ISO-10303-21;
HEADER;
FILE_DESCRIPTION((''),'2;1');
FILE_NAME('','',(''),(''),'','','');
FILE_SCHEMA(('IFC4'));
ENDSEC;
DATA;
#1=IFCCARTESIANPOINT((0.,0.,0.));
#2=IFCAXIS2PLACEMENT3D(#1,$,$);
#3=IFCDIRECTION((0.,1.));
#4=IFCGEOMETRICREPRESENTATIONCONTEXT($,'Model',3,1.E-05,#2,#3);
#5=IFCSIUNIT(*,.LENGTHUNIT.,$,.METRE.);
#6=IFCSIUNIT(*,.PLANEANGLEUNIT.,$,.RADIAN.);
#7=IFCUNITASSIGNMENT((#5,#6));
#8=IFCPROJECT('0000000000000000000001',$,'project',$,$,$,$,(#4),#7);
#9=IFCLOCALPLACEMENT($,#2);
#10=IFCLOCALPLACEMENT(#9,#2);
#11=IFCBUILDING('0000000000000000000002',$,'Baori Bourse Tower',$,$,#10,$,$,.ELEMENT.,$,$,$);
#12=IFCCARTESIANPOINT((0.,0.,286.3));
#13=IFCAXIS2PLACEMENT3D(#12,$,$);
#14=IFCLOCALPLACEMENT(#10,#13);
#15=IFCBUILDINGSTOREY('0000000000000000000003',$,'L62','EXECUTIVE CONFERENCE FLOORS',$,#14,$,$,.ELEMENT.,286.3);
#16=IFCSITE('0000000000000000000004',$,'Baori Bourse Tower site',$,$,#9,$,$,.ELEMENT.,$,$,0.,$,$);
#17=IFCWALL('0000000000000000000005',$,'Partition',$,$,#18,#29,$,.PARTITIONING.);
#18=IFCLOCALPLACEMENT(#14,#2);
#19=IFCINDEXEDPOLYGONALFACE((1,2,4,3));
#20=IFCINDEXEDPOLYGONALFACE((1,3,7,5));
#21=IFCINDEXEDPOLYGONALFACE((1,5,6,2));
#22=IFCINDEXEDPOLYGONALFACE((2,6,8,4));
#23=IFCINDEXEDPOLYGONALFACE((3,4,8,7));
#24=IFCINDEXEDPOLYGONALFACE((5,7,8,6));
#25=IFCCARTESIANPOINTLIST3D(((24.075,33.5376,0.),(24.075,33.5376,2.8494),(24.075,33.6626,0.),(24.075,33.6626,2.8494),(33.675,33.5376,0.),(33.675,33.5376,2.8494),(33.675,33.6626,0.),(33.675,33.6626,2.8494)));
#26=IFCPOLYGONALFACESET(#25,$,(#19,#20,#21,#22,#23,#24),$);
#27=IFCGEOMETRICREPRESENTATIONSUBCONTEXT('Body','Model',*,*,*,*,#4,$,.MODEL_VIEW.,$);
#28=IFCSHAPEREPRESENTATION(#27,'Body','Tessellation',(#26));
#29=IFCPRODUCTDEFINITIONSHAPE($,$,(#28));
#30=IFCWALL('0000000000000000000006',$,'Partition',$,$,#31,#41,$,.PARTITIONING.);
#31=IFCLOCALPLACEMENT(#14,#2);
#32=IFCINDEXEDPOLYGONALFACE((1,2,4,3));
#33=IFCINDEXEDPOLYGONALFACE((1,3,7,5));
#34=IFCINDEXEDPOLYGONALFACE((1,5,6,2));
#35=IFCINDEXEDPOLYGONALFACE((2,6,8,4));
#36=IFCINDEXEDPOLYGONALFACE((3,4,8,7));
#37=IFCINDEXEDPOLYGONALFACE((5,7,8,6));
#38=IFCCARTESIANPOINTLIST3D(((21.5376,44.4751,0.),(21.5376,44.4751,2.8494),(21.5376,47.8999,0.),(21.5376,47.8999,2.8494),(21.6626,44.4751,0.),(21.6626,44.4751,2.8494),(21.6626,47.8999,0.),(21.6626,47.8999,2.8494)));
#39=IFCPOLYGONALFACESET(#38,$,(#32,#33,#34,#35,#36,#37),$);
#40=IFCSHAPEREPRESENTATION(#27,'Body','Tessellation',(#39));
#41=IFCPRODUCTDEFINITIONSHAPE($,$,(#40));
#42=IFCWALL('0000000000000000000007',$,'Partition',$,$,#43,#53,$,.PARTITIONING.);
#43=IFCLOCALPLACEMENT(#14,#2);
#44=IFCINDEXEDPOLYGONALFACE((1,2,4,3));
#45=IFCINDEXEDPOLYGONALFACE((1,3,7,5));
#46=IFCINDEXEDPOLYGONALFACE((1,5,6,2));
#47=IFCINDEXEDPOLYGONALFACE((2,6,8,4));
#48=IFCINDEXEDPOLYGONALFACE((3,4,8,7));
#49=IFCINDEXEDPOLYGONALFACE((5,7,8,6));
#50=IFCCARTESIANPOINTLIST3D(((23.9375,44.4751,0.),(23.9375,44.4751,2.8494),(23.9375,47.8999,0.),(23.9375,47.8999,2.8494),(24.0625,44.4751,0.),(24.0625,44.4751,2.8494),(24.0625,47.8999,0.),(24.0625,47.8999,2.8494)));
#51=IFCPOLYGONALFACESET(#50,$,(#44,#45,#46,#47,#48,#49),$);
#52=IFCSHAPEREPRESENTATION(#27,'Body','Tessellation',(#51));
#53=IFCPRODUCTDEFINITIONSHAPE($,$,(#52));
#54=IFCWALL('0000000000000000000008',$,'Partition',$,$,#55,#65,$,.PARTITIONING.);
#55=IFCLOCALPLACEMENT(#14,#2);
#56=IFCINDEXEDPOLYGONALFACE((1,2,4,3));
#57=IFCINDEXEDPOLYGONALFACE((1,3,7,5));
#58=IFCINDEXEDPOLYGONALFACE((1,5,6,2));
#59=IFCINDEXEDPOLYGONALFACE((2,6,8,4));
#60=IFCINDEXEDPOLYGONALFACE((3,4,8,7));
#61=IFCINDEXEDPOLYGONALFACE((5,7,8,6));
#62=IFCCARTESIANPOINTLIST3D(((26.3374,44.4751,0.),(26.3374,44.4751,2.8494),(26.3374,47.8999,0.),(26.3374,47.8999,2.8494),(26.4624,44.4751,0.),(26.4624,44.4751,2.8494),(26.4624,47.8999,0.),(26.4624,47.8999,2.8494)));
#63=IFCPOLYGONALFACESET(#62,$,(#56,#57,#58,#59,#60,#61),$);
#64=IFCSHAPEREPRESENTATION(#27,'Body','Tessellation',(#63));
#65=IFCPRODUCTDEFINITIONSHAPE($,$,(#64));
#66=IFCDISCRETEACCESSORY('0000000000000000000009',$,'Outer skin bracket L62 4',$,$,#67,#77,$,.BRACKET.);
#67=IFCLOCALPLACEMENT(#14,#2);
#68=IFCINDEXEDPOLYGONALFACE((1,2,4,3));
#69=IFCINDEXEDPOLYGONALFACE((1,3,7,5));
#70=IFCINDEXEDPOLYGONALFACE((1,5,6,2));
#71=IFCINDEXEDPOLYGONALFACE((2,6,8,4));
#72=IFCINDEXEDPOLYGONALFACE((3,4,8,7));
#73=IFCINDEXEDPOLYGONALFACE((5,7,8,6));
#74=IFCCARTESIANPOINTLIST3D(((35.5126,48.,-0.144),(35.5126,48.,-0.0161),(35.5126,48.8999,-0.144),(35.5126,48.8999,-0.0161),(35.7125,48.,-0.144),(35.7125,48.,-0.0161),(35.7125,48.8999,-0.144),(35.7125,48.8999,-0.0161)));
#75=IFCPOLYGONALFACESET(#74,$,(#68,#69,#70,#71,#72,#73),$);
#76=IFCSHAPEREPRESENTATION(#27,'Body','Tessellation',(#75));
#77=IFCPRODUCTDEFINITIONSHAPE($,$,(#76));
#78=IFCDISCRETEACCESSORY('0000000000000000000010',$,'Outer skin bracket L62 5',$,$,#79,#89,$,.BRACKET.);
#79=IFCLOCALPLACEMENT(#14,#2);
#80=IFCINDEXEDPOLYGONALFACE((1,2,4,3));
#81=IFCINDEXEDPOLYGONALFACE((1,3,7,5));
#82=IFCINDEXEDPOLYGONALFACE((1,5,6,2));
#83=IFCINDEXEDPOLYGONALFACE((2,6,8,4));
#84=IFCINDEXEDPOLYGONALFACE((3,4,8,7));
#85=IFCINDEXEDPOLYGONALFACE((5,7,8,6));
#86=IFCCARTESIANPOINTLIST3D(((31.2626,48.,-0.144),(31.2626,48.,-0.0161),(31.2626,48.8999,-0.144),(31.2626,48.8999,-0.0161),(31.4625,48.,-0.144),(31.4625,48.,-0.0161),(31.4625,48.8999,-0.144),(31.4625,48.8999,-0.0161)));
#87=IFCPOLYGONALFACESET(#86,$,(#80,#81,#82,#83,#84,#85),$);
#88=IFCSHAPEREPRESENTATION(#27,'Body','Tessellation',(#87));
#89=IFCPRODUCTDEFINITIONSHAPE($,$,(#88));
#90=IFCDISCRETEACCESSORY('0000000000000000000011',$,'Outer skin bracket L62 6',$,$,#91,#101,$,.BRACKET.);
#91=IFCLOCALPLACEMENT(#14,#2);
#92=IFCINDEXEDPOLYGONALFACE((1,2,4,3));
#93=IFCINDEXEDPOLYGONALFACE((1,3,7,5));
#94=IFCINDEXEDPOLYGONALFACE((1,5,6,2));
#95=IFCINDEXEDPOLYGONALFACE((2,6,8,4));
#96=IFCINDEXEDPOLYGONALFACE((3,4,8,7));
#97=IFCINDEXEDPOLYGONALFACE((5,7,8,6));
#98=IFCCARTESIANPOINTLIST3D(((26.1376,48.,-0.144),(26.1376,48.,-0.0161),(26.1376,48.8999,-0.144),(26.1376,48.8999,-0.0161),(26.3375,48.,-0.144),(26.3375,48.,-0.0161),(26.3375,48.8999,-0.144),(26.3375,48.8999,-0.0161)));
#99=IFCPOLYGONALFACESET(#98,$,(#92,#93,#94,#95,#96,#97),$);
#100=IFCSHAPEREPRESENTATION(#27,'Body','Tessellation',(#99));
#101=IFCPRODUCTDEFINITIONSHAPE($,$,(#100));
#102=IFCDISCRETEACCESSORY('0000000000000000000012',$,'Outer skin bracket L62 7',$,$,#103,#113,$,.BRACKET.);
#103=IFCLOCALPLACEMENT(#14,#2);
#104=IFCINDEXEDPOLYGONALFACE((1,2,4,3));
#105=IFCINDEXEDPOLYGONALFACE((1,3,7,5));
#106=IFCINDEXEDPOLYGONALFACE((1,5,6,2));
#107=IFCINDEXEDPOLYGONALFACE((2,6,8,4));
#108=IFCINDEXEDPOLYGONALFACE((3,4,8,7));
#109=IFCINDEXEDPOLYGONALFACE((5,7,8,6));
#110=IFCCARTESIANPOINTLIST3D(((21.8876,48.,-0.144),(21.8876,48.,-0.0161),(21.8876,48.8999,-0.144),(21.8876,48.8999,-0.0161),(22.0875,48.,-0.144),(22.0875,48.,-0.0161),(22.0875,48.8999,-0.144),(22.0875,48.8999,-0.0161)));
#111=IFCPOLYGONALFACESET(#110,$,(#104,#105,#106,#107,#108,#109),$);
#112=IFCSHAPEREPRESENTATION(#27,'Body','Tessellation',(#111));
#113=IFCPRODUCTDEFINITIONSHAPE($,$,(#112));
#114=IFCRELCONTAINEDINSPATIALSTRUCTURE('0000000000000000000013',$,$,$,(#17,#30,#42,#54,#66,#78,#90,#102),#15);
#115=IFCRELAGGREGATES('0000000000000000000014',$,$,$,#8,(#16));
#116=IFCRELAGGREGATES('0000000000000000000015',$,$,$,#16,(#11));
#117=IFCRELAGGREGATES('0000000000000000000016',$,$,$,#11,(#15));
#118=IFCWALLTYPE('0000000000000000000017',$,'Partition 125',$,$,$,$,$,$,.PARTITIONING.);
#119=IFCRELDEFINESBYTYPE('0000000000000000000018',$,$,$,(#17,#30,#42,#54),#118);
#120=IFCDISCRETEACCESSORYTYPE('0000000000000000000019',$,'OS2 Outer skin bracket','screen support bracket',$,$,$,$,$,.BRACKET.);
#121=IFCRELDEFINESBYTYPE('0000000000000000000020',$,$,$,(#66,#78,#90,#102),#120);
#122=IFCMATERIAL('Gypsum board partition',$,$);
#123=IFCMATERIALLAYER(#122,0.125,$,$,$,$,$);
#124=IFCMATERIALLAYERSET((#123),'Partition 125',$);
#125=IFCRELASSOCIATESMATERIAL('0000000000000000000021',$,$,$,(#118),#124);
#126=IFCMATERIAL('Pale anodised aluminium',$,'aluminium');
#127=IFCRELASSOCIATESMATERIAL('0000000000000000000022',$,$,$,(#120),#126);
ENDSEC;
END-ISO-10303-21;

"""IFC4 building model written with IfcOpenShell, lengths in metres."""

from ifc_helpers import new_model, si_unit, direction, frame, frame_2d, origin, origin_2d, place, context, subcontext, project, spatial, rectangle, extrude, material, layer, layer_set, type_object, element, save


model = new_model("IFC4")

# Units and contexts
model_context = context("Model", 3, precision=1e-05, world=origin(), true_north=direction((0.0, 1.0)))
body_context = subcontext(model_context, "Body", "Model", "MODEL_VIEW")
ifc_project = project(units=[si_unit("LENGTHUNIT", "METRE"), si_unit("PLANEANGLEUNIT", "RADIAN")], contexts=[model_context])

# Site, building, storey
site_placement = place(None, origin())
site = spatial("IfcSite", under=ifc_project, at=site_placement, Name="Baori Bourse Tower site", CompositionType="ELEMENT", RefElevation=0.0)
building_placement = place(site_placement, origin())
building = spatial("IfcBuilding", under=site, at=building_placement, Name="Baori Bourse Tower", CompositionType="ELEMENT")
storey_placement = place(building_placement, frame((0.0, 0.0, 286.3)))
storey = spatial("IfcBuildingStorey", under=building, at=storey_placement, Name="L62", Description="EXECUTIVE CONFERENCE FLOORS", CompositionType="ELEMENT", Elevation=286.3)

# Walls
ifc_material_1 = material(Name="Gypsum board partition")
ifc_layer_1 = layer(ifc_material_1, 0.125)
ifc_layer_set_1 = layer_set([ifc_layer_1], Name="Partition 125")
wall_type_1 = type_object("IfcWallType", Name="Partition 125", PredefinedType="PARTITIONING", material=ifc_layer_set_1)
wall_1_placement = place(storey_placement, frame((24.075, 33.6001, 0.0), z_axis=(0.0, 0.0, 1.0), x_axis=(1.0, 0.0, 0.0)))
element("IfcWall", 1, at=wall_1_placement, inside=storey, type_object=wall_type_1, Name="Partition", PredefinedType="PARTITIONING", context=body_context, shape_type="SweptSolid", body=[
    extrude(rectangle(XDim=9.6001, YDim=0.125, at=frame_2d((4.8, 0.0))), origin(), (0.0, 0.0, 1.0), 2.8494),
])
for number, where, z_axis, x_axis, name in (
    (2, (21.6001, 44.4751, 0.0), (0.0, 0.0, 1.0), (0.0, 1.0, 0.0), "Partition"),
    (3, (24.0, 44.4751, 0.0), (0.0, 0.0, 1.0), (0.0, 1.0, 0.0), "Partition"),
    (4, (26.3999, 44.4751, 0.0), (0.0, 0.0, 1.0), (0.0, 1.0, 0.0), "Partition"),
):
    element("IfcWall", number, at=place(storey_placement, frame(where, z_axis=z_axis, x_axis=x_axis)), inside=storey, type_object=wall_type_1, Name=name, PredefinedType="PARTITIONING", context=body_context, shape_type="SweptSolid", body=[
        extrude(rectangle(XDim=3.4248, YDim=0.125, at=frame_2d((1.7124, 0.0))), origin(), (0.0, 0.0, 1.0), 2.8494),
    ])

# Discrete accessories
ifc_material_2 = material(Name="Pale anodised aluminium", Category="aluminium")
discrete_accessory_type = type_object("IfcDiscreteAccessoryType", Name="OS2 Outer skin bracket", Description="screen support bracket", PredefinedType="BRACKET", material=ifc_material_2)
for number, where, z_axis, x_axis, name in (
    (5, (35.6125, 48.45, -0.144), (0.0, 0.0, 1.0), (-1.0, 0.0, 0.0), "Outer skin bracket L62 4"),
    (6, (31.3625, 48.45, -0.144), (0.0, 0.0, 1.0), (-1.0, 0.0, 0.0), "Outer skin bracket L62 5"),
    (7, (26.2375, 48.45, -0.144), (0.0, 0.0, 1.0), (-1.0, 0.0, 0.0), "Outer skin bracket L62 6"),
    (8, (21.9875, 48.45, -0.144), (0.0, 0.0, 1.0), (-1.0, 0.0, 0.0), "Outer skin bracket L62 7"),
):
    element("IfcDiscreteAccessory", number, at=place(storey_placement, frame(where, z_axis=z_axis, x_axis=x_axis)), inside=storey, type_object=discrete_accessory_type, Name=name, PredefinedType="BRACKET", context=body_context, shape_type="SweptSolid", body=[
        extrude(rectangle(XDim=0.2, YDim=0.8999, at=origin_2d()), origin(), (0.0, 0.0, 1.0), 0.1279),
    ])

save(model, "model.ifc")
